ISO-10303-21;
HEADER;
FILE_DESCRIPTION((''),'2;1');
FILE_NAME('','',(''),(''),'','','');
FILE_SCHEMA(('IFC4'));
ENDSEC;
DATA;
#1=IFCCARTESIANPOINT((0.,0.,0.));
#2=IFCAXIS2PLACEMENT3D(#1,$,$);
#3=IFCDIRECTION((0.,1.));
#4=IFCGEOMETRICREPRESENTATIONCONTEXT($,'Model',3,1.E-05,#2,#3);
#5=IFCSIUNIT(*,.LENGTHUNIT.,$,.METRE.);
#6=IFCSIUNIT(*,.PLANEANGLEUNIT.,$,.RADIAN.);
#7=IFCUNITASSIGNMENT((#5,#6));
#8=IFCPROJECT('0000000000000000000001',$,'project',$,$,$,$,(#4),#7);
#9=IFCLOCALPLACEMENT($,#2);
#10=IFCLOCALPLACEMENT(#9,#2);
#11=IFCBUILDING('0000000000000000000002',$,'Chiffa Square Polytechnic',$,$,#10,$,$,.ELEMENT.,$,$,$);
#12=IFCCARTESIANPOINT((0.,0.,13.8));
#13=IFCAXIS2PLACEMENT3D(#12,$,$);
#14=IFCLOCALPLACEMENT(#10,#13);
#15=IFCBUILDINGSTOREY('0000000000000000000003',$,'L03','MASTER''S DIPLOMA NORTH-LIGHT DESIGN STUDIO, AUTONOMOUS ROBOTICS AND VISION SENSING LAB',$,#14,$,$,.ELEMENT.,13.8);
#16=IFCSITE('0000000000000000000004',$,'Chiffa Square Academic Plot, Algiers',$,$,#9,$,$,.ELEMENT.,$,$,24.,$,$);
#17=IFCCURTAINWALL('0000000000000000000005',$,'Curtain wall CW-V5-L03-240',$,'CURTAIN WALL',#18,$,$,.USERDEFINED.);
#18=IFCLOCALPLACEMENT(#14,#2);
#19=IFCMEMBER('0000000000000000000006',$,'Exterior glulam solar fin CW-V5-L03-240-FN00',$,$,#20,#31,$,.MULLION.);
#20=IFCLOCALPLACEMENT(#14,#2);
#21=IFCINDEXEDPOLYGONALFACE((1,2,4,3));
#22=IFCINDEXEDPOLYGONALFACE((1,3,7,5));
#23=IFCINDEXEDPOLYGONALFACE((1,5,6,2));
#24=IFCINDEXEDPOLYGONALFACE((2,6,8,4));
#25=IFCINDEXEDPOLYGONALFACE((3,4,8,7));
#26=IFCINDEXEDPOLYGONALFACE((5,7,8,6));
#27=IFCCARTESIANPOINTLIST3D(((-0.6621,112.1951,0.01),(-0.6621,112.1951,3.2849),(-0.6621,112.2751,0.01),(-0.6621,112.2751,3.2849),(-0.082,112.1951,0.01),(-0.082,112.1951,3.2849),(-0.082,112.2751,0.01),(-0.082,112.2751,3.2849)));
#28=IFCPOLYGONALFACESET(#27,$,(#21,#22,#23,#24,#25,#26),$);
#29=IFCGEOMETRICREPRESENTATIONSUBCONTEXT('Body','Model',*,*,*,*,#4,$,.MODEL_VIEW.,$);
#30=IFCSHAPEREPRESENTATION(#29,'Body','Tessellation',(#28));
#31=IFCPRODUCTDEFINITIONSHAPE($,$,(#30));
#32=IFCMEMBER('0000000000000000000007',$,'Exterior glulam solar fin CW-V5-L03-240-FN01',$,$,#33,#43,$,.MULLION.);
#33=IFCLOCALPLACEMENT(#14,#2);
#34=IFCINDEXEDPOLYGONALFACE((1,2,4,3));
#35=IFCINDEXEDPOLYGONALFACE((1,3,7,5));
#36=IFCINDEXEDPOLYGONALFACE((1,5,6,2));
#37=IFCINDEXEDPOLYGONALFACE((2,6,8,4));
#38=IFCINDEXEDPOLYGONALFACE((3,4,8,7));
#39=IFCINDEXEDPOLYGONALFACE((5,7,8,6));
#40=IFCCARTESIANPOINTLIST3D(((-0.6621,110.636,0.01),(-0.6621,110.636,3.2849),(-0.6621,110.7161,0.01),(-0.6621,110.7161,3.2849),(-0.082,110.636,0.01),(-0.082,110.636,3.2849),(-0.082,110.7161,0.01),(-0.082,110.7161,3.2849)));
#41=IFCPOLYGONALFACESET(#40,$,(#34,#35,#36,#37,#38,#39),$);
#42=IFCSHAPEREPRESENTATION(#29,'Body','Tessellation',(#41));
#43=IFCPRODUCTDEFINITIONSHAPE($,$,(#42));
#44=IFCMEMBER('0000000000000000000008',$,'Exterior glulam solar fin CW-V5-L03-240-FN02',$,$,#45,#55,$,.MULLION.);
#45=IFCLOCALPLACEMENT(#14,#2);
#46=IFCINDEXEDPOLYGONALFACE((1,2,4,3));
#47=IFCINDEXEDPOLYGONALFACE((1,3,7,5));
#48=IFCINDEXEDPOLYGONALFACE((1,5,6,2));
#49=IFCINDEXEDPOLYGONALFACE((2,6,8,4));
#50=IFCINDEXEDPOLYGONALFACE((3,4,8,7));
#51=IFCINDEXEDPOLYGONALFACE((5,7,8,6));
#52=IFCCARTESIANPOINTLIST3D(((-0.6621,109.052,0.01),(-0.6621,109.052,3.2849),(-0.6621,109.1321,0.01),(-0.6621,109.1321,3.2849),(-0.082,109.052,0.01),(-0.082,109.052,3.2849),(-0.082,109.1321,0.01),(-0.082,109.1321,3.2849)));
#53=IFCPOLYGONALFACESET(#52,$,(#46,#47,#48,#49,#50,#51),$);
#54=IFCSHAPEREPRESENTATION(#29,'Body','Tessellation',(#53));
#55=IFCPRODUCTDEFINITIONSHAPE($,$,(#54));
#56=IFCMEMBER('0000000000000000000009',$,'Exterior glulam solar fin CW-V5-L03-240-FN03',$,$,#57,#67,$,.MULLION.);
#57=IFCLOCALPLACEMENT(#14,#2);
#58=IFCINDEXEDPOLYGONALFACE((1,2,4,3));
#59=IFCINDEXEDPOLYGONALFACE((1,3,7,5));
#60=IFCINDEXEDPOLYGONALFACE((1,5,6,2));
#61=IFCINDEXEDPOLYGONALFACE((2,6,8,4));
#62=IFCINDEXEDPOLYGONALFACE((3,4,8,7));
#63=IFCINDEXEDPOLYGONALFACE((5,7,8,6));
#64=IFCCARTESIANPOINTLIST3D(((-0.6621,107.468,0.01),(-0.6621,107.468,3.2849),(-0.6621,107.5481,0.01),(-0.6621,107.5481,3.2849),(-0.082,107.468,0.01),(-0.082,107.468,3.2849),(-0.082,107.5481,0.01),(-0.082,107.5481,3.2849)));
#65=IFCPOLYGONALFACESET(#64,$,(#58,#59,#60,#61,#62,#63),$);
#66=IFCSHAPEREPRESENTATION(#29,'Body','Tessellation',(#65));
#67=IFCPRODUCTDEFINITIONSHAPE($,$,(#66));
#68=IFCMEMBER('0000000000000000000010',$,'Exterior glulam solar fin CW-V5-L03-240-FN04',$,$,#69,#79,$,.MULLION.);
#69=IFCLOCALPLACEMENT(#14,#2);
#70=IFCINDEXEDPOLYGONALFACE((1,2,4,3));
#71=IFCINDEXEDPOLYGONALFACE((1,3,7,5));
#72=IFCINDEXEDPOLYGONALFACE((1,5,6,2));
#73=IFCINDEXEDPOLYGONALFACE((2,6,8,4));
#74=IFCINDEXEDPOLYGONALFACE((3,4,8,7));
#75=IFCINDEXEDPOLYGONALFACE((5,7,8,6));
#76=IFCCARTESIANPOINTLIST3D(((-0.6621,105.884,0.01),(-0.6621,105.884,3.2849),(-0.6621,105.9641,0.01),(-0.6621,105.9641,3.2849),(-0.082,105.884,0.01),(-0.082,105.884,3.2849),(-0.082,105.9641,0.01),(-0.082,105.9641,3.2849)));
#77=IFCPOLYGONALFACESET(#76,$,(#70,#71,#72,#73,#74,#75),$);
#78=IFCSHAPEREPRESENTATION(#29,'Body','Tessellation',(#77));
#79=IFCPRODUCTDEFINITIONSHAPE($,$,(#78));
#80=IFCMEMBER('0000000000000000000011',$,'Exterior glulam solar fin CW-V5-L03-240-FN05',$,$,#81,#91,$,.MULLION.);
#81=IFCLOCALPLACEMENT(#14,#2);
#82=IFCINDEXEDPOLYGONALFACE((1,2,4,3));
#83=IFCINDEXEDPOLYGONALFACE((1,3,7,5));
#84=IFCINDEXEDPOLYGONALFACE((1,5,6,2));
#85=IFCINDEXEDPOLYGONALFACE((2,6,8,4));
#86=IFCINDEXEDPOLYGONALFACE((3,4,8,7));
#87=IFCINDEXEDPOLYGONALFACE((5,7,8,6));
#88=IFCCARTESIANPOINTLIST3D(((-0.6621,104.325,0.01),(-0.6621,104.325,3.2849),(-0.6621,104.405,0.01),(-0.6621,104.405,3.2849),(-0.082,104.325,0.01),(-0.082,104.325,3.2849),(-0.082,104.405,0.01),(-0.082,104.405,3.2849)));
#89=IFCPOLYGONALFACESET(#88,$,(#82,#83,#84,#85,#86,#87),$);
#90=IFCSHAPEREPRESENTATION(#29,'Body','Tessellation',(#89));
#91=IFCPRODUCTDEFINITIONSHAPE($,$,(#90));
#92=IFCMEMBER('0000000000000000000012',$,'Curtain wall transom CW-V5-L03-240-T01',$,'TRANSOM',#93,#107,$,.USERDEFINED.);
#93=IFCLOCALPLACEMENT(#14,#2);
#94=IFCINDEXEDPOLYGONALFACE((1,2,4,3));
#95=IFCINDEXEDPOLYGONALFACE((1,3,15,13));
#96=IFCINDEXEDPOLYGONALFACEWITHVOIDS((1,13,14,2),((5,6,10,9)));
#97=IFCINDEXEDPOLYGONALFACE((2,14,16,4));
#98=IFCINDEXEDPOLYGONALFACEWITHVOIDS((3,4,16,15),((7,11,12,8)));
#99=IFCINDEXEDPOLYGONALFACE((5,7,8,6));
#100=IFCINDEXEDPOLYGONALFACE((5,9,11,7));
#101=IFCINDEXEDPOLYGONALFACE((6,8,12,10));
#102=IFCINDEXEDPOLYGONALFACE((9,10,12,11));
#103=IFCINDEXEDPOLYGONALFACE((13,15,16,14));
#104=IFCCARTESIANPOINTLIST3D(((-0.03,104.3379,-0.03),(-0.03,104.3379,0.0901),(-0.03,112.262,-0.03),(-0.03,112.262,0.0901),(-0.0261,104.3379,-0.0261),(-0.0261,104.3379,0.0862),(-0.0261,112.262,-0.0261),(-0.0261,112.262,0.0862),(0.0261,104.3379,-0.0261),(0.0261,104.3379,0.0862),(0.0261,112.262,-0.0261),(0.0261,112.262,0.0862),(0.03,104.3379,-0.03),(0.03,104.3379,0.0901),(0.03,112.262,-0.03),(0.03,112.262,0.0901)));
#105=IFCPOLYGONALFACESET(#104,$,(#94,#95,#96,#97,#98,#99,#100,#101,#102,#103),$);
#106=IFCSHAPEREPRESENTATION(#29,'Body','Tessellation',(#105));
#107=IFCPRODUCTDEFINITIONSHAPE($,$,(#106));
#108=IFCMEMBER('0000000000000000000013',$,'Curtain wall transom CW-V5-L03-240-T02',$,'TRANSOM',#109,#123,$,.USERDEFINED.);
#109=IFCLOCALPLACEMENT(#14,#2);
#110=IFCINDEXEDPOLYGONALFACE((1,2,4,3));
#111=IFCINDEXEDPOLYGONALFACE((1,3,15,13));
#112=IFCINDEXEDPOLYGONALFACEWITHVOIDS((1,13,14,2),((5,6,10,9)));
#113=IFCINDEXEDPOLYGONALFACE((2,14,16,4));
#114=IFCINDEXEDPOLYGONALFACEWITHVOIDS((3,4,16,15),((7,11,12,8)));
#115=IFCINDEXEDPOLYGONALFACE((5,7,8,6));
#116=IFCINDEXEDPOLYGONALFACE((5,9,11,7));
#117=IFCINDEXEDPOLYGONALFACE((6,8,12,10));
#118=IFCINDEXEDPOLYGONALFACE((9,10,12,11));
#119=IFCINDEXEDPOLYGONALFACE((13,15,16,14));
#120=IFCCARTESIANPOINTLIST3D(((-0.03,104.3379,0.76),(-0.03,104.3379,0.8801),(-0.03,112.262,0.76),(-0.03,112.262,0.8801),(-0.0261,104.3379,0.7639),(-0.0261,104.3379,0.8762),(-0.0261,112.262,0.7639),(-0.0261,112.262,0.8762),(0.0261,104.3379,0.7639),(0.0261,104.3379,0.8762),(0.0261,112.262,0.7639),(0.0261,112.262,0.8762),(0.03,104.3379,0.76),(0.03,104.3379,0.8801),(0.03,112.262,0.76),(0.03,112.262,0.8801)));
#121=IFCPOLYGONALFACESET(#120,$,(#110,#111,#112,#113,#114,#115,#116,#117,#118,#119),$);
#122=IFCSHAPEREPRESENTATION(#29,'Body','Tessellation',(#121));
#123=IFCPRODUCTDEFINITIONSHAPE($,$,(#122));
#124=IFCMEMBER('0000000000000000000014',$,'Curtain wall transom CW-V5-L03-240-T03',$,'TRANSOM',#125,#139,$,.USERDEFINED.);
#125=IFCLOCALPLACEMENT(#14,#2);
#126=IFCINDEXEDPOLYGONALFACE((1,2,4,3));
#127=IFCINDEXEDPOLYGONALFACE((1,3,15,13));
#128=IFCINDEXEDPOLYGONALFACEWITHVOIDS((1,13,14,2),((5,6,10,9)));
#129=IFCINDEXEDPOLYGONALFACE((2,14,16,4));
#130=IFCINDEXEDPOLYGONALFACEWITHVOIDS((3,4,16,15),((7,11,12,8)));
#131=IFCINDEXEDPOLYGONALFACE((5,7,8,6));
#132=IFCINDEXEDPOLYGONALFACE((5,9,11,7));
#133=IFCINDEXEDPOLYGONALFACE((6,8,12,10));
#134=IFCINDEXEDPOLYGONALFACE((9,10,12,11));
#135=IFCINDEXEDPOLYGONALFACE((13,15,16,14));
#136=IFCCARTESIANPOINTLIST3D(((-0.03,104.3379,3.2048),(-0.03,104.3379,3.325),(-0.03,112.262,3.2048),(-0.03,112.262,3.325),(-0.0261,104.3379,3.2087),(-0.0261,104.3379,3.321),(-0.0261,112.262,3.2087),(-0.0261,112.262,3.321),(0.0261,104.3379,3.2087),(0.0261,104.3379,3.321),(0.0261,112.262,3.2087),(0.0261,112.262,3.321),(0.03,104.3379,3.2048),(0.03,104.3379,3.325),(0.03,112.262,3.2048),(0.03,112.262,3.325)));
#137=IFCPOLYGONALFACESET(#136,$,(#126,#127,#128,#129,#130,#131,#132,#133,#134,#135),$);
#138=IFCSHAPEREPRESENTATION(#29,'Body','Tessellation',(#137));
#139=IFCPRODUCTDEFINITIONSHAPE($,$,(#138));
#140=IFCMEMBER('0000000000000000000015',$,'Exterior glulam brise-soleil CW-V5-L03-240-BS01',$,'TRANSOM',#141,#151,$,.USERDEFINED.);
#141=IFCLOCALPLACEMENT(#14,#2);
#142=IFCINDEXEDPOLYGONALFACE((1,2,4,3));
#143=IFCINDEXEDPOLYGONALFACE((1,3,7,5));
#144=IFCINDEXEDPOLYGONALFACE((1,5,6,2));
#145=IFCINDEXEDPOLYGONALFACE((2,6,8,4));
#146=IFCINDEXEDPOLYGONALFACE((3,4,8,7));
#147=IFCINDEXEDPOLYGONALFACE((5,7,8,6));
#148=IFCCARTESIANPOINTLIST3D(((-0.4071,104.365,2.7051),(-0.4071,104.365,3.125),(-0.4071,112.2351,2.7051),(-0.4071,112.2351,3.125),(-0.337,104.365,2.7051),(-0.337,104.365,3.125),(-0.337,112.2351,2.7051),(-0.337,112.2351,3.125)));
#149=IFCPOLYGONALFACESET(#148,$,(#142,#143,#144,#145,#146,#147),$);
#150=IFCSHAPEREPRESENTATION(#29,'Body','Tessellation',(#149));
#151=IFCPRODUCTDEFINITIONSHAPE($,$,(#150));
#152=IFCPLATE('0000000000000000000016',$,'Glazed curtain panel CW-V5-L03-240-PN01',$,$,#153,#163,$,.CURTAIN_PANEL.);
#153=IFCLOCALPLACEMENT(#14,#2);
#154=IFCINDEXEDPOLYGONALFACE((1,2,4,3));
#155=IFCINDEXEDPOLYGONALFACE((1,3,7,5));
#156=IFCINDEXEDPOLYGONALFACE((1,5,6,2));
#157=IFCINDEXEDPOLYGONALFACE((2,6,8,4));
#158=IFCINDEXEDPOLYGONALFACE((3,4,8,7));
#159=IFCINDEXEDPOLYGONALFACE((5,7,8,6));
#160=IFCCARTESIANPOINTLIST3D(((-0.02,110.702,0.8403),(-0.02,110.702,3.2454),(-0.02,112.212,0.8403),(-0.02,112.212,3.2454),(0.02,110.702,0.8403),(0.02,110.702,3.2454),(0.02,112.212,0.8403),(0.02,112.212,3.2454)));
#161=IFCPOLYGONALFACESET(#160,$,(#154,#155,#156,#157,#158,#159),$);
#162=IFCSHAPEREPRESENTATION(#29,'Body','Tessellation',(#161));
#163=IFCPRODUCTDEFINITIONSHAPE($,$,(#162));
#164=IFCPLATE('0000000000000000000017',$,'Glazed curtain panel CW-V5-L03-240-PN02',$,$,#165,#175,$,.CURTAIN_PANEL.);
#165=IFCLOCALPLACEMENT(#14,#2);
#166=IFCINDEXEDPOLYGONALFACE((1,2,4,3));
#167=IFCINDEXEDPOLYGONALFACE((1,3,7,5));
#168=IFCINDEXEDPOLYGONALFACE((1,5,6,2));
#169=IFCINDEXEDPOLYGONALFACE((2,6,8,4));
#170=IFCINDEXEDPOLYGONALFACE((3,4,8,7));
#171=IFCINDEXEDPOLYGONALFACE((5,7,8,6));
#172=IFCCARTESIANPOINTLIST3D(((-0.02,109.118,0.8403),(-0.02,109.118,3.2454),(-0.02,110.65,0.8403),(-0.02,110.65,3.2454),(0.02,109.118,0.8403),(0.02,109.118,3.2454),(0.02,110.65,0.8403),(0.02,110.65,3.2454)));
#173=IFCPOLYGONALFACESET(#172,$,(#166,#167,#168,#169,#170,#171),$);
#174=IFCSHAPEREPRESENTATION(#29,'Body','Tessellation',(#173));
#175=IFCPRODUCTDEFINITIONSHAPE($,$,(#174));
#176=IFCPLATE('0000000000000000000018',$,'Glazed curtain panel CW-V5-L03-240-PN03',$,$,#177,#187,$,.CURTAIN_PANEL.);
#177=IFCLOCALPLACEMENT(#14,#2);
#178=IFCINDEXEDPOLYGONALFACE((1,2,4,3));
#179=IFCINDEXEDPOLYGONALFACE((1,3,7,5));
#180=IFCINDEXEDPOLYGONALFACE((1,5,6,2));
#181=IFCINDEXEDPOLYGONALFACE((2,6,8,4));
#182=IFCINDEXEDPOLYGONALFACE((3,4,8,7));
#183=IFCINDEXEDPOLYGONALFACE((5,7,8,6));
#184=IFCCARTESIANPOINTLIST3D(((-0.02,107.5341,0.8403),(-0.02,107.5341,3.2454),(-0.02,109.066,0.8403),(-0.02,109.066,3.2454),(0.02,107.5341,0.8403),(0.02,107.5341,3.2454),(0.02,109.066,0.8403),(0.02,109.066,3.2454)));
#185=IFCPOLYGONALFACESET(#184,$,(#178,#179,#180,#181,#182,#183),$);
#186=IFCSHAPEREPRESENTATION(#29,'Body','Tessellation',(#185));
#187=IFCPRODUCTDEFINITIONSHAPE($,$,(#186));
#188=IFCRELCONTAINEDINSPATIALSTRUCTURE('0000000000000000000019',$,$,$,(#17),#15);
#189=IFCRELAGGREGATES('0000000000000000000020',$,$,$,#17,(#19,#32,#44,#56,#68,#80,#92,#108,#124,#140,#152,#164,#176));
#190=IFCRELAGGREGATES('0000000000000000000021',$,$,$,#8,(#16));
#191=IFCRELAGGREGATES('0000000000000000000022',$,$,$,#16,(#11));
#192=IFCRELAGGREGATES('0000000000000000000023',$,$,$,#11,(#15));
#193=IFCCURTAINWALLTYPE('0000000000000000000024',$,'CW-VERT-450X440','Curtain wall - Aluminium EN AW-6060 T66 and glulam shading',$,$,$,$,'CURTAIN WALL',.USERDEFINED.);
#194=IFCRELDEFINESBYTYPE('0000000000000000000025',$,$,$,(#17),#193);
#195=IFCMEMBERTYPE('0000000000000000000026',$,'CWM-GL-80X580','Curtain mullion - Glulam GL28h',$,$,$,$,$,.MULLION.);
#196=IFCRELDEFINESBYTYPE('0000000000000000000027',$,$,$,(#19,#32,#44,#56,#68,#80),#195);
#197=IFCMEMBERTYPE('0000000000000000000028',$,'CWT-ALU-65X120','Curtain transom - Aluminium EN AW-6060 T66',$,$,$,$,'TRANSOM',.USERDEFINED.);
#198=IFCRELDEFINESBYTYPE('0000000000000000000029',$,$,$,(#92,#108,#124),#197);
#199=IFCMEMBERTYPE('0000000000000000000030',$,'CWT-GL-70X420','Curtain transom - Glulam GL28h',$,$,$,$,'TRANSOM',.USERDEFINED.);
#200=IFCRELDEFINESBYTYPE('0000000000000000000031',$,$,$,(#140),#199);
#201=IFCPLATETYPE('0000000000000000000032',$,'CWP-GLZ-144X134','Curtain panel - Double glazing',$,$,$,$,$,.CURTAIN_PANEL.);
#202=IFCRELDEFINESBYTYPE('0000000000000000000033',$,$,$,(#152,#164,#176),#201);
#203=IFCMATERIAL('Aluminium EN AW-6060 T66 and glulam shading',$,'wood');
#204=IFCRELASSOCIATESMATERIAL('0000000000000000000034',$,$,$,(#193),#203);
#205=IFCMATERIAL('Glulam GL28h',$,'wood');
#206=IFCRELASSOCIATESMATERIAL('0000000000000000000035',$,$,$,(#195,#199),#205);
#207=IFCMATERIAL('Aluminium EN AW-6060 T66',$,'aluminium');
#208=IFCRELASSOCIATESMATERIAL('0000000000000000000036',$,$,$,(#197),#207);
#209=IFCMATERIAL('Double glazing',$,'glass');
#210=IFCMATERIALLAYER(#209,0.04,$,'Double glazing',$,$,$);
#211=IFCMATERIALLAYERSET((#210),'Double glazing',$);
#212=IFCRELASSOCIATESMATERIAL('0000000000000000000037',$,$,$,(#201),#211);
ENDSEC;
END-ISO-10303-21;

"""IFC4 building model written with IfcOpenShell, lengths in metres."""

from ifc_helpers import new_model, si_unit, direction, frame, origin, origin_2d, place, context, subcontext, project, spatial, rectangle, hollow_rectangle, extrude, material, layer, layer_set, material_profile, profile_set, type_object, element, aggregate, save


model = new_model("IFC4")

# Units and contexts
model_context = context("Model", 3, precision=1e-05, world=origin(), true_north=direction((0.0, 1.0)))
body_context = subcontext(model_context, "Body", "Model", "MODEL_VIEW")
ifc_project = project(units=[si_unit("LENGTHUNIT", "METRE"), si_unit("PLANEANGLEUNIT", "RADIAN")], contexts=[model_context])

# Site, building, storey
site_placement = place(None, origin())
site = spatial("IfcSite", under=ifc_project, at=site_placement, Name="Chiffa Square Academic Plot, Algiers", CompositionType="ELEMENT", RefElevation=24.0)
building_placement = place(site_placement, origin())
building = spatial("IfcBuilding", under=site, at=building_placement, Name="Chiffa Square Polytechnic", CompositionType="ELEMENT")
storey_placement = place(building_placement, frame((0.0, 0.0, 13.8)))
storey = spatial("IfcBuildingStorey", under=building, at=storey_placement, Name="L03", Description="MASTER'S DIPLOMA NORTH-LIGHT DESIGN STUDIO, AUTONOMOUS ROBOTICS AND VISION SENSING LAB", CompositionType="ELEMENT", Elevation=13.8)

# Curtain wall, members, plates
ifc_material_1 = material(Name="Aluminium EN AW-6060 T66 and glulam shading", Category="wood")
curtain_wall_type = type_object("IfcCurtainWallType", Name="CW-VERT-450X440", Description="Curtain wall - Aluminium EN AW-6060 T66 and glulam shading", ElementType="CURTAIN WALL", PredefinedType="USERDEFINED", material=ifc_material_1)
curtain_wall_placement = place(storey_placement, origin())
curtain_wall = element("IfcCurtainWall", 1, at=curtain_wall_placement, inside=storey, type_object=curtain_wall_type, Name="Curtain wall CW-V5-L03-240", ObjectType="CURTAIN WALL", PredefinedType="USERDEFINED")
ifc_material_2 = material(Name="Aluminium EN AW-6060 T66", Category="aluminium")
ifc_material_3 = material(Name="Glulam GL28h", Category="wood")
ifc_material_profile_1 = material_profile(ifc_material_3, rectangle(XDim=0.0801, YDim=0.5801, at=origin_2d()), Name="GL28h 80x580")
ifc_profile_set_1 = profile_set([ifc_material_profile_1], Name="Glulam GL28h")
member_type_1 = type_object("IfcMemberType", Name="CWM-GL-80X580", Description="Curtain mullion - Glulam GL28h", PredefinedType="MULLION", material=ifc_profile_set_1)
member_1_placement = place(storey_placement, frame((-0.3721, 112.2351, 0.01), z_axis=(0.0, 0.0, 1.0), x_axis=(0.0, -1.0, 0.0)))
member_1 = element("IfcMember", 2, at=member_1_placement, type_object=member_type_1, Name="Exterior glulam solar fin CW-V5-L03-240-FN00", PredefinedType="MULLION", context=body_context, shape_type="SweptSolid", body=[
    extrude(rectangle(XDim=0.0801, YDim=0.5801, at=origin_2d()), origin(), (0.0, 0.0, 1.0), 3.2749),
])
member_2_placement = place(storey_placement, frame((-0.3721, 110.676, 0.01), z_axis=(0.0, 0.0, 1.0), x_axis=(0.0, -1.0, 0.0)))
member_2 = element("IfcMember", 3, at=member_2_placement, type_object=member_type_1, Name="Exterior glulam solar fin CW-V5-L03-240-FN01", PredefinedType="MULLION", context=body_context, shape_type="SweptSolid", body=[
    extrude(rectangle(XDim=0.0801, YDim=0.5801, at=origin_2d()), origin(), (0.0, 0.0, 1.0), 3.2749),
])
member_3_placement = place(storey_placement, frame((-0.3721, 109.092, 0.01), z_axis=(0.0, 0.0, 1.0), x_axis=(0.0, -1.0, 0.0)))
member_3 = element("IfcMember", 4, at=member_3_placement, type_object=member_type_1, Name="Exterior glulam solar fin CW-V5-L03-240-FN02", PredefinedType="MULLION", context=body_context, shape_type="SweptSolid", body=[
    extrude(rectangle(XDim=0.0801, YDim=0.5801, at=origin_2d()), origin(), (0.0, 0.0, 1.0), 3.2749),
])
member_4_placement = place(storey_placement, frame((-0.3721, 107.5081, 0.01), z_axis=(0.0, 0.0, 1.0), x_axis=(0.0, -1.0, 0.0)))
member_4 = element("IfcMember", 5, at=member_4_placement, type_object=member_type_1, Name="Exterior glulam solar fin CW-V5-L03-240-FN03", PredefinedType="MULLION", context=body_context, shape_type="SweptSolid", body=[
    extrude(rectangle(XDim=0.0801, YDim=0.5801, at=origin_2d()), origin(), (0.0, 0.0, 1.0), 3.2749),
])
member_5_placement = place(storey_placement, frame((-0.3721, 105.9241, 0.01), z_axis=(0.0, 0.0, 1.0), x_axis=(0.0, -1.0, 0.0)))
member_5 = element("IfcMember", 6, at=member_5_placement, type_object=member_type_1, Name="Exterior glulam solar fin CW-V5-L03-240-FN04", PredefinedType="MULLION", context=body_context, shape_type="SweptSolid", body=[
    extrude(rectangle(XDim=0.0801, YDim=0.5801, at=origin_2d()), origin(), (0.0, 0.0, 1.0), 3.2749),
])
member_6_placement = place(storey_placement, frame((-0.3721, 104.365, 0.01), z_axis=(0.0, 0.0, 1.0), x_axis=(0.0, -1.0, 0.0)))
member_6 = element("IfcMember", 7, at=member_6_placement, type_object=member_type_1, Name="Exterior glulam solar fin CW-V5-L03-240-FN05", PredefinedType="MULLION", context=body_context, shape_type="SweptSolid", body=[
    extrude(rectangle(XDim=0.0801, YDim=0.5801, at=origin_2d()), origin(), (0.0, 0.0, 1.0), 3.2749),
])
ifc_material_profile_2 = material_profile(ifc_material_2, hollow_rectangle(XDim=0.0601, YDim=0.1201, WallThickness=0.0039, at=origin_2d()), Name="ALU 60x120x4")
ifc_profile_set_2 = profile_set([ifc_material_profile_2], Name="Aluminium EN AW-6060 T66")
member_type_2 = type_object("IfcMemberType", Name="CWT-ALU-65X120", Description="Curtain transom - Aluminium EN AW-6060 T66", ElementType="TRANSOM", PredefinedType="USERDEFINED", material=ifc_profile_set_2)
member_7_placement = place(storey_placement, frame((0.0, 112.262, 0.03), z_axis=(0.0, -1.0, 0.0), x_axis=(1.0, 0.0, 0.0)))
member_7 = element("IfcMember", 8, at=member_7_placement, type_object=member_type_2, Name="Curtain wall transom CW-V5-L03-240-T01", ObjectType="TRANSOM", PredefinedType="USERDEFINED", context=body_context, shape_type="SweptSolid", body=[
    extrude(hollow_rectangle(XDim=0.0601, YDim=0.1201, WallThickness=0.0039, at=origin_2d()), origin(), (0.0, 0.0, 1.0), 7.9241),
])
member_8_placement = place(storey_placement, frame((0.0, 112.262, 0.8201), z_axis=(0.0, -1.0, 0.0), x_axis=(1.0, 0.0, 0.0)))
member_8 = element("IfcMember", 9, at=member_8_placement, type_object=member_type_2, Name="Curtain wall transom CW-V5-L03-240-T02", ObjectType="TRANSOM", PredefinedType="USERDEFINED", context=body_context, shape_type="SweptSolid", body=[
    extrude(hollow_rectangle(XDim=0.0601, YDim=0.1201, WallThickness=0.0039, at=origin_2d()), origin(), (0.0, 0.0, 1.0), 7.9241),
])
member_9_placement = place(storey_placement, frame((0.0, 112.262, 3.2649), z_axis=(0.0, -1.0, 0.0), x_axis=(1.0, 0.0, 0.0)))
member_9 = element("IfcMember", 10, at=member_9_placement, type_object=member_type_2, Name="Curtain wall transom CW-V5-L03-240-T03", ObjectType="TRANSOM", PredefinedType="USERDEFINED", context=body_context, shape_type="SweptSolid", body=[
    extrude(hollow_rectangle(XDim=0.0601, YDim=0.1201, WallThickness=0.0039, at=origin_2d()), origin(), (0.0, 0.0, 1.0), 7.9241),
])
ifc_material_profile_3 = material_profile(ifc_material_3, rectangle(XDim=0.0701, YDim=0.4199, at=origin_2d()), Name="GL28h 70x420")
ifc_profile_set_3 = profile_set([ifc_material_profile_3], Name="Glulam GL28h")
member_type_3 = type_object("IfcMemberType", Name="CWT-GL-70X420", Description="Curtain transom - Glulam GL28h", ElementType="TRANSOM", PredefinedType="USERDEFINED", material=ifc_profile_set_3)
member_10_placement = place(storey_placement, frame((-0.3721, 112.2351, 2.915), z_axis=(0.0, -1.0, 0.0), x_axis=(1.0, 0.0, 0.0)))
member_10 = element("IfcMember", 11, at=member_10_placement, type_object=member_type_3, Name="Exterior glulam brise-soleil CW-V5-L03-240-BS01", ObjectType="TRANSOM", PredefinedType="USERDEFINED", context=body_context, shape_type="SweptSolid", body=[
    extrude(rectangle(XDim=0.0701, YDim=0.4199, at=origin_2d()), origin(), (0.0, 0.0, 1.0), 7.8701),
])
ifc_material_4 = material(Name="Double glazing", Category="glass")
ifc_layer_1 = layer(ifc_material_4, 0.04, Name="Double glazing")
ifc_layer_set_1 = layer_set([ifc_layer_1], Name="Double glazing")
plate_type_1 = type_object("IfcPlateType", Name="CWP-GLZ-144X134", Description="Curtain panel - Double glazing", PredefinedType="CURTAIN_PANEL", material=ifc_layer_set_1)
plate_1_placement = place(storey_placement, frame((0.0, 111.457, 0.8403), z_axis=(0.0, 0.0, 1.0), x_axis=(0.0, -1.0, 0.0)))
plate_1 = element("IfcPlate", 12, at=plate_1_placement, type_object=plate_type_1, Name="Glazed curtain panel CW-V5-L03-240-PN01", PredefinedType="CURTAIN_PANEL", context=body_context, shape_type="SweptSolid", body=[
    extrude(rectangle(XDim=1.51, YDim=0.04, at=origin_2d()), origin(), (0.0, 0.0, 1.0), 2.405),
])
plate_2_placement = place(storey_placement, frame((0.0, 109.884, 0.8403), z_axis=(0.0, 0.0, 1.0), x_axis=(0.0, -1.0, 0.0)))
plate_2 = element("IfcPlate", 13, at=plate_2_placement, type_object=plate_type_1, Name="Glazed curtain panel CW-V5-L03-240-PN02", PredefinedType="CURTAIN_PANEL", context=body_context, shape_type="SweptSolid", body=[
    extrude(rectangle(XDim=1.532, YDim=0.04, at=origin_2d()), origin(), (0.0, 0.0, 1.0), 2.405),
])
plate_3_placement = place(storey_placement, frame((0.0, 108.3, 0.8403), z_axis=(0.0, 0.0, 1.0), x_axis=(0.0, -1.0, 0.0)))
plate_3 = element("IfcPlate", 14, at=plate_3_placement, type_object=plate_type_1, Name="Glazed curtain panel CW-V5-L03-240-PN03", PredefinedType="CURTAIN_PANEL", context=body_context, shape_type="SweptSolid", body=[
    extrude(rectangle(XDim=1.532, YDim=0.04, at=origin_2d()), origin(), (0.0, 0.0, 1.0), 2.405),
])
aggregate(curtain_wall, [member_1, member_2, member_3, member_4, member_5, member_6, member_7, member_8, member_9, member_10, plate_1, plate_2, plate_3])

save(model, "model.ifc")
